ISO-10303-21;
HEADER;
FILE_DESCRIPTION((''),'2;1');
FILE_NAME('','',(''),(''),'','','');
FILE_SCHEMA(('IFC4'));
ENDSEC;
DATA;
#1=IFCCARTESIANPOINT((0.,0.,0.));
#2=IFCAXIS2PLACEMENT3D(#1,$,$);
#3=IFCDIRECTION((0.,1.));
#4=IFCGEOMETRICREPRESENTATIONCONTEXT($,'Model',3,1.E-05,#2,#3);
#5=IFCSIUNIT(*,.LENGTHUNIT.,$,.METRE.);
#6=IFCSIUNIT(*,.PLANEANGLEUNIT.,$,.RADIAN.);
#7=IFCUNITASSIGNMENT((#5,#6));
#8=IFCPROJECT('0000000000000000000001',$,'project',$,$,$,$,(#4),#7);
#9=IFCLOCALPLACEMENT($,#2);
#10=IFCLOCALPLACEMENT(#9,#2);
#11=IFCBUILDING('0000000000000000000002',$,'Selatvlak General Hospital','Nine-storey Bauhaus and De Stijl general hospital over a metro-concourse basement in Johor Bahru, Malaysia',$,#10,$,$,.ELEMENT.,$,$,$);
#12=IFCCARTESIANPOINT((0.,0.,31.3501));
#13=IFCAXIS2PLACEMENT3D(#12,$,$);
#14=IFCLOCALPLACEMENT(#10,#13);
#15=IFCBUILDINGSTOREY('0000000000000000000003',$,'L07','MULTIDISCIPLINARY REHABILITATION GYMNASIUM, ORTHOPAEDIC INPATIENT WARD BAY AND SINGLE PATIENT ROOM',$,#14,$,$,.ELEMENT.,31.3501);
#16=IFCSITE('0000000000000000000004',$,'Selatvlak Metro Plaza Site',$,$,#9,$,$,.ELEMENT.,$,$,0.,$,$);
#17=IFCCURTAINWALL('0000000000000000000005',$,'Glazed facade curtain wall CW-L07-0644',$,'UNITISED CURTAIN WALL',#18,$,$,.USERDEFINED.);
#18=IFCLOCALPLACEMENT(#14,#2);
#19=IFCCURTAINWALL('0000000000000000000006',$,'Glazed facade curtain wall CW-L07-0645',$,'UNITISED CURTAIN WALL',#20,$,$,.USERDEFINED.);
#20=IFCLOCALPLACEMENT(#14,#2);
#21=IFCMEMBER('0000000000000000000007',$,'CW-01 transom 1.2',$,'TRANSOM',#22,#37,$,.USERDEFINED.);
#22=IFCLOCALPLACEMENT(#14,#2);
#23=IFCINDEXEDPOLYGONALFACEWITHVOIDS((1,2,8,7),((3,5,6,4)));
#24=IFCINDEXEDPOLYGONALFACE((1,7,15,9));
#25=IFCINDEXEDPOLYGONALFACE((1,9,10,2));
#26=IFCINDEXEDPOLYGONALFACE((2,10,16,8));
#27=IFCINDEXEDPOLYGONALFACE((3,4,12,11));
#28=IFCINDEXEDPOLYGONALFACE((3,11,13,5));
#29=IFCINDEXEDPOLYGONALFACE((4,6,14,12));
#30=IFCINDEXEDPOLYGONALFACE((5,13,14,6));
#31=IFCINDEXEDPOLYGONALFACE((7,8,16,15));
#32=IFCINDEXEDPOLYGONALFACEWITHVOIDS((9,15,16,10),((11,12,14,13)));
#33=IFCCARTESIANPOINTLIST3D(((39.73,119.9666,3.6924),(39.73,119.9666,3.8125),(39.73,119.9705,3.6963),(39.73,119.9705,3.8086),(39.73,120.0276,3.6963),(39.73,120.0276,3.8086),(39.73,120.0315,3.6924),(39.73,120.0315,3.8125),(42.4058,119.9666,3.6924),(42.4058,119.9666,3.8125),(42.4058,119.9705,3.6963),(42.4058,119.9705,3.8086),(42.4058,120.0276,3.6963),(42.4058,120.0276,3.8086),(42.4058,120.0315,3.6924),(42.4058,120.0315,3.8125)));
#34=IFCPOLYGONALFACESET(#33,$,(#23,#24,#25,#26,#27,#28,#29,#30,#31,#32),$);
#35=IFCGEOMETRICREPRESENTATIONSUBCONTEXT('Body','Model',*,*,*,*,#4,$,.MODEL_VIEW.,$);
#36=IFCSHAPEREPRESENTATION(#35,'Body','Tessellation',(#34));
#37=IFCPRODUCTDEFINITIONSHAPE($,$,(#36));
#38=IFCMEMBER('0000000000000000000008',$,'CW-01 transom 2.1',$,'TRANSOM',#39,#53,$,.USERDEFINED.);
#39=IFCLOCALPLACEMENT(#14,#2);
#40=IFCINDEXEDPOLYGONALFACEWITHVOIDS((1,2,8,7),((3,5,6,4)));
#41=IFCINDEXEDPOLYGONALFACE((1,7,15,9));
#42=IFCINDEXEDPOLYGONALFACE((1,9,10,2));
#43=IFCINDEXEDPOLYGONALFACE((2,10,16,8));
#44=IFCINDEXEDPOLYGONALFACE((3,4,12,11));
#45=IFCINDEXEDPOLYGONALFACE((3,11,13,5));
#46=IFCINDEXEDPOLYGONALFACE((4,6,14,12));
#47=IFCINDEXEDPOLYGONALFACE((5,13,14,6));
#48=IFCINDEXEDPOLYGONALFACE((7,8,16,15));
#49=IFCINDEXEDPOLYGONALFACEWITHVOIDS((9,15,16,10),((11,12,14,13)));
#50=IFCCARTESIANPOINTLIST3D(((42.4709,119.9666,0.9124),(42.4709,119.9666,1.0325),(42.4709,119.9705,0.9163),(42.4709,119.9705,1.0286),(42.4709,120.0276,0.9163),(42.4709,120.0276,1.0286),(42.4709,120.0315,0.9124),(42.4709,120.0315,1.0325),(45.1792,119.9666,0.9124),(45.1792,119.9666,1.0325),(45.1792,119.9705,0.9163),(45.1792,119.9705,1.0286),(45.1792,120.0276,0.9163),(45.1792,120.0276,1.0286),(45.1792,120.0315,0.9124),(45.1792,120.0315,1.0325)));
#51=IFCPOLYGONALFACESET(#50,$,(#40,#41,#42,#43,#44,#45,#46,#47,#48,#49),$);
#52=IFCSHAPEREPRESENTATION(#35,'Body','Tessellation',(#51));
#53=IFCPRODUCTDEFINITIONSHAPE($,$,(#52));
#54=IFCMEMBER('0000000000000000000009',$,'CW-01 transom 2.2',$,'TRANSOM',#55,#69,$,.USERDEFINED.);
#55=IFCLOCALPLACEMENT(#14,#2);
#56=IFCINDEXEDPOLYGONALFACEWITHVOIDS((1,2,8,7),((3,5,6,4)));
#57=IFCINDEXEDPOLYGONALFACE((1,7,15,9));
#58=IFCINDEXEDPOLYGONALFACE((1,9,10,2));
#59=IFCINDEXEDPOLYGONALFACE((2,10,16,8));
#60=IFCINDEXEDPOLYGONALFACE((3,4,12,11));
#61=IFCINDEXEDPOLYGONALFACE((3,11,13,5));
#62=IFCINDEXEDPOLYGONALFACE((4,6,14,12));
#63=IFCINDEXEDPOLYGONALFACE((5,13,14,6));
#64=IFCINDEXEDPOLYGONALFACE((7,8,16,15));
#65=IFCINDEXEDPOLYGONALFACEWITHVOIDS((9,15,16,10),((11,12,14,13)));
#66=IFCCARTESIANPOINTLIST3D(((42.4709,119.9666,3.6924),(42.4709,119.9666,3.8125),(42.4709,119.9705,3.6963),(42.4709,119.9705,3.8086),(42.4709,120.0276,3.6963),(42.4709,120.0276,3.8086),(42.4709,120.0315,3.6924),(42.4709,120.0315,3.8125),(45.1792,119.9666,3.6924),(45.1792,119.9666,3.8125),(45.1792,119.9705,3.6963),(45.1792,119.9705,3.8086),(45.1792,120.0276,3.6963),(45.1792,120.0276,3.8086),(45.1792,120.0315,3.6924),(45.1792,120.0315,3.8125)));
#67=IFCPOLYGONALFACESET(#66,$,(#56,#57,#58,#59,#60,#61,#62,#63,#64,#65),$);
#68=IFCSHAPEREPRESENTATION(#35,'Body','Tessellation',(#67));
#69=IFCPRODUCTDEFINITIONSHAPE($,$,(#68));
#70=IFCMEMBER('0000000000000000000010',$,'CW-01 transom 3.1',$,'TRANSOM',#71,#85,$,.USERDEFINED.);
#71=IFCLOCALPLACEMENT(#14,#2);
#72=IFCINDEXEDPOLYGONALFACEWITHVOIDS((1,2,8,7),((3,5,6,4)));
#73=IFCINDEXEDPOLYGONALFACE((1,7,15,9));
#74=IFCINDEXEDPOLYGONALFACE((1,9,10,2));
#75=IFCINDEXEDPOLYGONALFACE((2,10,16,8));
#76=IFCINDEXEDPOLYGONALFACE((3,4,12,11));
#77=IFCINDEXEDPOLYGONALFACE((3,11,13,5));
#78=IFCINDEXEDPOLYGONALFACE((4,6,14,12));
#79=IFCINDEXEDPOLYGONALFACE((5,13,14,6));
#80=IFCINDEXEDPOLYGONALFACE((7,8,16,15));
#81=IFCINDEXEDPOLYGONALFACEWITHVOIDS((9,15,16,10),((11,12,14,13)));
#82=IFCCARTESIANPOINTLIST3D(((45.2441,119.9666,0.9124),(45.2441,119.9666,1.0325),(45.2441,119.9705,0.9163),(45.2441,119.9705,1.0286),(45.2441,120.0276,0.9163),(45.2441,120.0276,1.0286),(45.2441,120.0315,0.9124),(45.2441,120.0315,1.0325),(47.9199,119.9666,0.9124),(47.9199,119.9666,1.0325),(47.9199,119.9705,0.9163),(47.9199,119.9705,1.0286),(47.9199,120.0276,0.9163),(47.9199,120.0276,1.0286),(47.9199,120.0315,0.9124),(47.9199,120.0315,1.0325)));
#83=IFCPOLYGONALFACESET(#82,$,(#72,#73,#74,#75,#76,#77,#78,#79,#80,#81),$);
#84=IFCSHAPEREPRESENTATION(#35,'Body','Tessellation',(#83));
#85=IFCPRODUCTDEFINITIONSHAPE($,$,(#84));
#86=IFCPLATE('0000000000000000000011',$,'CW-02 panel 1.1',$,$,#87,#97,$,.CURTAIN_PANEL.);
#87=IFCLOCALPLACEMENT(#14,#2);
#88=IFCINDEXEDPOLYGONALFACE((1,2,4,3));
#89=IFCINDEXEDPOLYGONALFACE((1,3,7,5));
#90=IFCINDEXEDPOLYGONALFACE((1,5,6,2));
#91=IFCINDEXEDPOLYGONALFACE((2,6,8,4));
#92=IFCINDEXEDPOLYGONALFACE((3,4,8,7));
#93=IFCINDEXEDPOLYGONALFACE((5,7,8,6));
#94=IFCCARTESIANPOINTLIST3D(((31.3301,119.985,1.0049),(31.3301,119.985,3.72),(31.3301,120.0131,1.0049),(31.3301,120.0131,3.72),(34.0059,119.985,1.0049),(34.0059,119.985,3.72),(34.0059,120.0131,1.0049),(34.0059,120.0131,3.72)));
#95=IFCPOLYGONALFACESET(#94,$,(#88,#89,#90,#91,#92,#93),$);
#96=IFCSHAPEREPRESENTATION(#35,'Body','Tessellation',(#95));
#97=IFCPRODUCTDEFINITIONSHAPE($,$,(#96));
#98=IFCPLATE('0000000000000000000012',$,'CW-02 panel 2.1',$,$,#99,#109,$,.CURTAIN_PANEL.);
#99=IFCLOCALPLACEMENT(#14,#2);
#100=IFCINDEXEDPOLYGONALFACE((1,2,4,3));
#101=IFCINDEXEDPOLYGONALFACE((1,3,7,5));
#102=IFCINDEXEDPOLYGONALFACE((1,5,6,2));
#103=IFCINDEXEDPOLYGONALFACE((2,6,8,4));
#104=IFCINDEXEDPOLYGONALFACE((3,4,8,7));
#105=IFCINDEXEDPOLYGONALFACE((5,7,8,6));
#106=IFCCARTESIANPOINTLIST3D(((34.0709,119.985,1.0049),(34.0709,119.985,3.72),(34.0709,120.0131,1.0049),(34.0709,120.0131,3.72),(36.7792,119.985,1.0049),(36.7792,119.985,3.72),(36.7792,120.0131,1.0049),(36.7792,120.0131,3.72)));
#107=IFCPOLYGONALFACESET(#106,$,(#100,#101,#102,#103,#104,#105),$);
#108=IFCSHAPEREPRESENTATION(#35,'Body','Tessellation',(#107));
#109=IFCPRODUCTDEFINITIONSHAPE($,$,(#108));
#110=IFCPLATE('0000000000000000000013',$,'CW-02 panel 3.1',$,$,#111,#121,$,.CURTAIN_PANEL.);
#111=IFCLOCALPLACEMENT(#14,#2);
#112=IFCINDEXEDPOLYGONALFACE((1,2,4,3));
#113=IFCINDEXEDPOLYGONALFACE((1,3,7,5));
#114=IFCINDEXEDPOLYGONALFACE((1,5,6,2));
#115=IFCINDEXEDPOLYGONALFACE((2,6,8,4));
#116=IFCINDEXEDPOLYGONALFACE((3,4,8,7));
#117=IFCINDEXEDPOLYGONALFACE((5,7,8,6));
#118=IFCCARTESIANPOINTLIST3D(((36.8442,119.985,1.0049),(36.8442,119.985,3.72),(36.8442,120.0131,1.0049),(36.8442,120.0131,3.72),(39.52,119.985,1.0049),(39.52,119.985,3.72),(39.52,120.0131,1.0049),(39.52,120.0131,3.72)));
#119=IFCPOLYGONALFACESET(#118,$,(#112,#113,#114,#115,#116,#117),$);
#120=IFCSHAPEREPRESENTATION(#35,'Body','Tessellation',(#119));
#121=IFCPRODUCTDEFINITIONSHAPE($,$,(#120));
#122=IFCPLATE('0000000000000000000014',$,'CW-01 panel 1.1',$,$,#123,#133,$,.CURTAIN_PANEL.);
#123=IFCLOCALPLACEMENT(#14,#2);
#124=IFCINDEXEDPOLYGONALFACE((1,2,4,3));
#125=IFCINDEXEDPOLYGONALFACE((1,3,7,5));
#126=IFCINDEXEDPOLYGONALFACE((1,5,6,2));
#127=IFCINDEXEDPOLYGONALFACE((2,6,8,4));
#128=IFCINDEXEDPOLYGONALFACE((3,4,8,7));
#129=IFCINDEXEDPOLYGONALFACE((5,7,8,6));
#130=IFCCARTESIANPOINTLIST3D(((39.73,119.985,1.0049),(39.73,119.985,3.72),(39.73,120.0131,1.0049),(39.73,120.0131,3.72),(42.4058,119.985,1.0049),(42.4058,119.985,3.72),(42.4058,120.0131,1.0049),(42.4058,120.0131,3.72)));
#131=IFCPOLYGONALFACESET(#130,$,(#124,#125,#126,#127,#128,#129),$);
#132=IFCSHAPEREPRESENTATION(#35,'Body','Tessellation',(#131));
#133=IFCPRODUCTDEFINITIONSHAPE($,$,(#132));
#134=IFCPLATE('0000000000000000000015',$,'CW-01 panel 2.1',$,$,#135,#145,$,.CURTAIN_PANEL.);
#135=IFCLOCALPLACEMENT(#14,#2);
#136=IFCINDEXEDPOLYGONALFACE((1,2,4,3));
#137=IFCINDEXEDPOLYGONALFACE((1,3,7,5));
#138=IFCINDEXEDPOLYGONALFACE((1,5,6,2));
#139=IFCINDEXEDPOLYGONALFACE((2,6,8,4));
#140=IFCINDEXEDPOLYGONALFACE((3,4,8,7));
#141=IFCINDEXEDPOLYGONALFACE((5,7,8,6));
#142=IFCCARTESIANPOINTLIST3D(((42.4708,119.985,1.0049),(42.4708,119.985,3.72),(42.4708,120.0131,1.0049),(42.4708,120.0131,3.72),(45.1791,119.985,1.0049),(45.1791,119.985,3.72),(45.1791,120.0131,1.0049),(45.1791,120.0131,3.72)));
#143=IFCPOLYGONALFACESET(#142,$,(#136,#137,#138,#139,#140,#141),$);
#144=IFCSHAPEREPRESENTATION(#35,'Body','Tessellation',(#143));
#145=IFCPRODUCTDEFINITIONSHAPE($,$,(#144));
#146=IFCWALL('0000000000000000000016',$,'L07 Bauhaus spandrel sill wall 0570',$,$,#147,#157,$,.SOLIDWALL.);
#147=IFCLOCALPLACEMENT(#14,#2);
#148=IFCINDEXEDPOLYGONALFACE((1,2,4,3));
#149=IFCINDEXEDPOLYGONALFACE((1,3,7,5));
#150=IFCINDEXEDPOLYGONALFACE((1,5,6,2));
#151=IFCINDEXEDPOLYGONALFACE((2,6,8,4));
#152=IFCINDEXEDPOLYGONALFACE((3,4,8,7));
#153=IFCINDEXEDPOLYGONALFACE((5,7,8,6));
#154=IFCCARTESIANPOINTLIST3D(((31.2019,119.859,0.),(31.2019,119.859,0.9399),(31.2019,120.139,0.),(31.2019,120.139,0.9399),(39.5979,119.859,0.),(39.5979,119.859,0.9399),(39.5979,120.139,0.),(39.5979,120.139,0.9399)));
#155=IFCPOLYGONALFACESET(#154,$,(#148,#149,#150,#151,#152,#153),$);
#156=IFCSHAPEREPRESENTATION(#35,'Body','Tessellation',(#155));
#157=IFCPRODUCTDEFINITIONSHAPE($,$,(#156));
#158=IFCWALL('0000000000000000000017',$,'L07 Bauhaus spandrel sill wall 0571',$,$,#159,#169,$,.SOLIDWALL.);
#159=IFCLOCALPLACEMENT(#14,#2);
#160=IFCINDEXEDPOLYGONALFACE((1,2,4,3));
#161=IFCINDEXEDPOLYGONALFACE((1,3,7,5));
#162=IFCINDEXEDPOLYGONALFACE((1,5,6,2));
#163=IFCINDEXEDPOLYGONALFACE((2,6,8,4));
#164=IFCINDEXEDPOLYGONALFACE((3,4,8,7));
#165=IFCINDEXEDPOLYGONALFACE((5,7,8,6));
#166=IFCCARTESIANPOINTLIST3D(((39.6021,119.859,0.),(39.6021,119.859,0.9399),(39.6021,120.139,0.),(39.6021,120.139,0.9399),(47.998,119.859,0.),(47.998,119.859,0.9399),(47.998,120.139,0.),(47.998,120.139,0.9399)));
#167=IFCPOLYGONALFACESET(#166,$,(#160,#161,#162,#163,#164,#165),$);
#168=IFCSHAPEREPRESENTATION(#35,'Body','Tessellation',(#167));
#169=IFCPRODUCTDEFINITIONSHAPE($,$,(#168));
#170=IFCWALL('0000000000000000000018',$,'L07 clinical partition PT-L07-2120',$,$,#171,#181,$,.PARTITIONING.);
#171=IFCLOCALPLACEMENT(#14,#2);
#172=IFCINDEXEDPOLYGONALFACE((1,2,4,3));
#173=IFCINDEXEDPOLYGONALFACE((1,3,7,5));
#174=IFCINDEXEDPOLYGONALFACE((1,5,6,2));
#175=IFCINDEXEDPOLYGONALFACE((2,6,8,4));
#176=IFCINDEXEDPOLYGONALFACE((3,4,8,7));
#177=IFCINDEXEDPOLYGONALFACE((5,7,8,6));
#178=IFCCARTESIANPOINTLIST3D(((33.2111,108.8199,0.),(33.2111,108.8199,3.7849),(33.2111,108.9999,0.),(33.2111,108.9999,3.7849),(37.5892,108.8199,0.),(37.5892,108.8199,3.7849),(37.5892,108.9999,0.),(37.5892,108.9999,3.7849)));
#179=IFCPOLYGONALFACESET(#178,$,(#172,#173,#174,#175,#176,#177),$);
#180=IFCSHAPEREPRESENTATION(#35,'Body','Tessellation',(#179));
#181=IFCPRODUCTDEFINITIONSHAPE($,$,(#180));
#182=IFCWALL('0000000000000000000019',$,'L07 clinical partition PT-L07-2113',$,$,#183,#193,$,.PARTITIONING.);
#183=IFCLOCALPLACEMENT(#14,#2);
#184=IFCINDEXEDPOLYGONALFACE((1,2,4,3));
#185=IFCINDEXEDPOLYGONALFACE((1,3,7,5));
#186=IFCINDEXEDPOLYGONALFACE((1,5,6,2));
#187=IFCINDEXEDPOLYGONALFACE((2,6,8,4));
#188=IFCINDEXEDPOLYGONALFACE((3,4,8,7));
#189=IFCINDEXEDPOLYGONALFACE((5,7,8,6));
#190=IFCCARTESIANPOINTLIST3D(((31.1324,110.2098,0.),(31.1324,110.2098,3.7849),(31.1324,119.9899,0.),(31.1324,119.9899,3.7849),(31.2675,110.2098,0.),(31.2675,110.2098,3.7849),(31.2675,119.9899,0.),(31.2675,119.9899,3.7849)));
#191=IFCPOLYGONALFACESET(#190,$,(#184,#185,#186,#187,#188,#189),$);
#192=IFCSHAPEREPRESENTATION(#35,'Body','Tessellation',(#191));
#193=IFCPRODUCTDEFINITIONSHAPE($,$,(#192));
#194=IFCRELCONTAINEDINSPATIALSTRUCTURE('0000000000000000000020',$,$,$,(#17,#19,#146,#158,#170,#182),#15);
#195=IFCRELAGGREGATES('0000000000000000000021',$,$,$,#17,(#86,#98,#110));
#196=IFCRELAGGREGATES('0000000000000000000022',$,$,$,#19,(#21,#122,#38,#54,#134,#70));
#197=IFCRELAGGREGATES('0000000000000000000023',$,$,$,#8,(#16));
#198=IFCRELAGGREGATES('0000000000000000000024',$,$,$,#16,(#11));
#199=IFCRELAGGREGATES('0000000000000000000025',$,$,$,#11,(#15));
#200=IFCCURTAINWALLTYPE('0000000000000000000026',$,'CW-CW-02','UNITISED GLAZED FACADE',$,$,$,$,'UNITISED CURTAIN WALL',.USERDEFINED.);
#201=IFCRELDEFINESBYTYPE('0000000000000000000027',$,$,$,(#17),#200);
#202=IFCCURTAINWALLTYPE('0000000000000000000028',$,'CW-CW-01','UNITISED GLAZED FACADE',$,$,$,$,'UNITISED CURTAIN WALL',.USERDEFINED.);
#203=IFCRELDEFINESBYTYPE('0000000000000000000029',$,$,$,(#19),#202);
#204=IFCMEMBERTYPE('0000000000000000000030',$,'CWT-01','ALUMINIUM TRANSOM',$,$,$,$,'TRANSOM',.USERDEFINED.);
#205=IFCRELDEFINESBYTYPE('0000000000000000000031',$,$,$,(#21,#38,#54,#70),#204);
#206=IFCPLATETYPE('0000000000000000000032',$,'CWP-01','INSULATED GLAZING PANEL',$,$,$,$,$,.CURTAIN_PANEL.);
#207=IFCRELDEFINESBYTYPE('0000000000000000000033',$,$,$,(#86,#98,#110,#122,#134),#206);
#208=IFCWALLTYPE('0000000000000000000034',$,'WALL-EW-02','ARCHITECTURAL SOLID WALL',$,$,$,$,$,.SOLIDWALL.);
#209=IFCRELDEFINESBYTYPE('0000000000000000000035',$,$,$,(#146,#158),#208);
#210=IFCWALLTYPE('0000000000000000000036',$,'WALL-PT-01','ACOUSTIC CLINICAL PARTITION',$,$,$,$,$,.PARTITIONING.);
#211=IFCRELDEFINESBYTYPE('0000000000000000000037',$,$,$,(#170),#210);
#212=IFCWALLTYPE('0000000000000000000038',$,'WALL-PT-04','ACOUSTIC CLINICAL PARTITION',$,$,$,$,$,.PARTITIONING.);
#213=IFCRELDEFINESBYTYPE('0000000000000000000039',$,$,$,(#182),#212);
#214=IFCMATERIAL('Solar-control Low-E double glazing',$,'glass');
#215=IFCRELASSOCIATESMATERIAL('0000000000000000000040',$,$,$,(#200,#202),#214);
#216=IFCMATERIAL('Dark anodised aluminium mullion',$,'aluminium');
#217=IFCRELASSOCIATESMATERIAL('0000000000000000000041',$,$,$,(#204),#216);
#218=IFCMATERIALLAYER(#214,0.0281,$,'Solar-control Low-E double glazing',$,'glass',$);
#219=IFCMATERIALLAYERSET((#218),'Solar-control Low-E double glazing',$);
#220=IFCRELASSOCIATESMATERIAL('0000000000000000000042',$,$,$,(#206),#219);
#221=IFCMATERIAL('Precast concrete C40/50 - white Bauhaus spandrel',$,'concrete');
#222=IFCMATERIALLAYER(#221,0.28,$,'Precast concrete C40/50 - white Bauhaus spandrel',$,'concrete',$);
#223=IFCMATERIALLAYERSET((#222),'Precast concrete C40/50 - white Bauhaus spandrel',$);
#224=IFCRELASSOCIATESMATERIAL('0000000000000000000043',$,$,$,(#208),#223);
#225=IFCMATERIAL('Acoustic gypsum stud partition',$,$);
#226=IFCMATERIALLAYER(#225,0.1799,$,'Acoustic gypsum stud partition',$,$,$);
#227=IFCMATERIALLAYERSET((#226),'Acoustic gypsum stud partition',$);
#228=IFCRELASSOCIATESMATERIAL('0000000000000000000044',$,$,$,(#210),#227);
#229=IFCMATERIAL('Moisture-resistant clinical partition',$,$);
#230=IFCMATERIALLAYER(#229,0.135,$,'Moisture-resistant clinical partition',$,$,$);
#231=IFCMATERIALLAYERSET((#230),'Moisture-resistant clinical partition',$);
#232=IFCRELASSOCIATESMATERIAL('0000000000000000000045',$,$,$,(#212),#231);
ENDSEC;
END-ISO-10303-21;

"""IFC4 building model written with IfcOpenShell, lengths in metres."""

from ifc_helpers import new_model, si_unit, direction, frame, frame_2d, origin, origin_2d, place, context, subcontext, project, spatial, rectangle, hollow_rectangle, extrude, material, layer, layer_set, material_profile, profile_set, type_object, element, aggregate, save


model = new_model("IFC4")

# Units and contexts
model_context = context("Model", 3, precision=1e-05, world=origin(), true_north=direction((0.0, 1.0)))
body_context = subcontext(model_context, "Body", "Model", "MODEL_VIEW")
ifc_project = project(units=[si_unit("LENGTHUNIT", "METRE"), si_unit("PLANEANGLEUNIT", "RADIAN")], contexts=[model_context])

# Site, building, storey
site_placement = place(None, origin())
site = spatial("IfcSite", under=ifc_project, at=site_placement, Name="Selatvlak Metro Plaza Site", CompositionType="ELEMENT", RefElevation=0.0)
building_placement = place(site_placement, origin())
building = spatial("IfcBuilding", under=site, at=building_placement, Name="Selatvlak General Hospital", Description="Nine-storey Bauhaus and De Stijl general hospital over a metro-concourse basement in Johor Bahru, Malaysia", CompositionType="ELEMENT")
storey_placement = place(building_placement, frame((0.0, 0.0, 31.3501)))
storey = spatial("IfcBuildingStorey", under=building, at=storey_placement, Name="L07", Description="MULTIDISCIPLINARY REHABILITATION GYMNASIUM, ORTHOPAEDIC INPATIENT WARD BAY AND SINGLE PATIENT ROOM", CompositionType="ELEMENT", Elevation=31.3501)

# Curtain walls
ifc_material_1 = material(Name="Solar-control Low-E double glazing", Category="glass")
curtain_wall_type_1 = type_object("IfcCurtainWallType", Name="CW-CW-02", Description="UNITISED GLAZED FACADE", ElementType="UNITISED CURTAIN WALL", PredefinedType="USERDEFINED", material=ifc_material_1)
curtain_wall_1_placement = place(storey_placement, origin())
curtain_wall_1 = element("IfcCurtainWall", 1, at=curtain_wall_1_placement, inside=storey, type_object=curtain_wall_type_1, Name="Glazed facade curtain wall CW-L07-0644", ObjectType="UNITISED CURTAIN WALL", PredefinedType="USERDEFINED")
ifc_material_2 = material(Name="Dark anodised aluminium mullion", Category="aluminium")
curtain_wall_type_2 = type_object("IfcCurtainWallType", Name="CW-CW-01", Description="UNITISED GLAZED FACADE", ElementType="UNITISED CURTAIN WALL", PredefinedType="USERDEFINED", material=ifc_material_1)
curtain_wall_2_placement = place(storey_placement, origin())
curtain_wall_2 = element("IfcCurtainWall", 2, at=curtain_wall_2_placement, inside=storey, type_object=curtain_wall_type_2, Name="Glazed facade curtain wall CW-L07-0645", ObjectType="UNITISED CURTAIN WALL", PredefinedType="USERDEFINED")

# Members
ifc_material_profile_1 = material_profile(ifc_material_2, hollow_rectangle(XDim=0.0649, YDim=0.1201, WallThickness=0.0039, at=origin_2d()), Name="AL-TRN 65x120x4")
ifc_profile_set_1 = profile_set([ifc_material_profile_1], Name="Dark anodised aluminium mullion")
member_type_1 = type_object("IfcMemberType", Name="CWT-01", Description="ALUMINIUM TRANSOM", ElementType="TRANSOM", PredefinedType="USERDEFINED", material=ifc_profile_set_1)
member_1_placement = place(storey_placement, frame((39.73, 119.999, 3.7524), z_axis=(1.0, 0.0, 0.0), x_axis=(0.0, 1.0, 0.0)))
member_1 = element("IfcMember", 3, at=member_1_placement, type_object=member_type_1, Name="CW-01 transom 1.2", ObjectType="TRANSOM", PredefinedType="USERDEFINED", context=body_context, shape_type="SweptSolid", body=[
    extrude(hollow_rectangle(XDim=0.0649, YDim=0.1201, WallThickness=0.0039, at=origin_2d()), origin(), (0.0, 0.0, 1.0), 2.6758),
])
member_2_placement = place(storey_placement, frame((42.4709, 119.999, 0.9724), z_axis=(1.0, 0.0, 0.0), x_axis=(0.0, 1.0, 0.0)))
member_2 = element("IfcMember", 4, at=member_2_placement, type_object=member_type_1, Name="CW-01 transom 2.1", ObjectType="TRANSOM", PredefinedType="USERDEFINED", context=body_context, shape_type="SweptSolid", body=[
    extrude(hollow_rectangle(XDim=0.0649, YDim=0.1201, WallThickness=0.0039, at=origin_2d()), origin(), (0.0, 0.0, 1.0), 2.7083),
])
member_3_placement = place(storey_placement, frame((42.4709, 119.999, 3.7524), z_axis=(1.0, 0.0, 0.0), x_axis=(0.0, 1.0, 0.0)))
member_3 = element("IfcMember", 5, at=member_3_placement, type_object=member_type_1, Name="CW-01 transom 2.2", ObjectType="TRANSOM", PredefinedType="USERDEFINED", context=body_context, shape_type="SweptSolid", body=[
    extrude(hollow_rectangle(XDim=0.0649, YDim=0.1201, WallThickness=0.0039, at=origin_2d()), origin(), (0.0, 0.0, 1.0), 2.7083),
])
member_4_placement = place(storey_placement, frame((45.2441, 119.999, 0.9724), z_axis=(1.0, 0.0, 0.0), x_axis=(0.0, 1.0, 0.0)))
member_4 = element("IfcMember", 6, at=member_4_placement, type_object=member_type_1, Name="CW-01 transom 3.1", ObjectType="TRANSOM", PredefinedType="USERDEFINED", context=body_context, shape_type="SweptSolid", body=[
    extrude(hollow_rectangle(XDim=0.0649, YDim=0.1201, WallThickness=0.0039, at=origin_2d()), origin(), (0.0, 0.0, 1.0), 2.6758),
])

# Plates
ifc_layer_1 = layer(ifc_material_1, 0.0281, Name="Solar-control Low-E double glazing", Category="glass")
ifc_layer_set_1 = layer_set([ifc_layer_1], Name="Solar-control Low-E double glazing")
plate_type = type_object("IfcPlateType", Name="CWP-01", Description="INSULATED GLAZING PANEL", PredefinedType="CURTAIN_PANEL", material=ifc_layer_set_1)
plate_1_placement = place(storey_placement, frame((32.668, 119.999, 1.0049), z_axis=(0.0, 0.0, 1.0), x_axis=(1.0, 0.0, 0.0)))
plate_1 = element("IfcPlate", 7, at=plate_1_placement, type_object=plate_type, Name="CW-02 panel 1.1", PredefinedType="CURTAIN_PANEL", context=body_context, shape_type="SweptSolid", body=[
    extrude(rectangle(XDim=2.6758, YDim=0.0281, at=origin_2d()), origin(), (0.0, 0.0, 1.0), 2.7151),
])
plate_2_placement = place(storey_placement, frame((35.425, 119.999, 1.0049), z_axis=(0.0, 0.0, 1.0), x_axis=(1.0, 0.0, 0.0)))
plate_2 = element("IfcPlate", 8, at=plate_2_placement, type_object=plate_type, Name="CW-02 panel 2.1", PredefinedType="CURTAIN_PANEL", context=body_context, shape_type="SweptSolid", body=[
    extrude(rectangle(XDim=2.7083, YDim=0.0281, at=origin_2d()), origin(), (0.0, 0.0, 1.0), 2.7151),
])
plate_3_placement = place(storey_placement, frame((38.1821, 119.999, 1.0049), z_axis=(0.0, 0.0, 1.0), x_axis=(1.0, 0.0, 0.0)))
plate_3 = element("IfcPlate", 9, at=plate_3_placement, type_object=plate_type, Name="CW-02 panel 3.1", PredefinedType="CURTAIN_PANEL", context=body_context, shape_type="SweptSolid", body=[
    extrude(rectangle(XDim=2.6758, YDim=0.0281, at=origin_2d()), origin(), (0.0, 0.0, 1.0), 2.7151),
])
aggregate(curtain_wall_1, [plate_1, plate_2, plate_3])
plate_4_placement = place(storey_placement, frame((41.0679, 119.999, 1.0049), z_axis=(0.0, 0.0, 1.0), x_axis=(1.0, 0.0, 0.0)))
plate_4 = element("IfcPlate", 10, at=plate_4_placement, type_object=plate_type, Name="CW-01 panel 1.1", PredefinedType="CURTAIN_PANEL", context=body_context, shape_type="SweptSolid", body=[
    extrude(rectangle(XDim=2.6758, YDim=0.0281, at=origin_2d()), origin(), (0.0, 0.0, 1.0), 2.7151),
])
plate_5_placement = place(storey_placement, frame((43.825, 119.999, 1.0049), z_axis=(0.0, 0.0, 1.0), x_axis=(1.0, 0.0, 0.0)))
plate_5 = element("IfcPlate", 11, at=plate_5_placement, type_object=plate_type, Name="CW-01 panel 2.1", PredefinedType="CURTAIN_PANEL", context=body_context, shape_type="SweptSolid", body=[
    extrude(rectangle(XDim=2.7083, YDim=0.0281, at=origin_2d()), origin(), (0.0, 0.0, 1.0), 2.7151),
])
aggregate(curtain_wall_2, [member_1, plate_4, member_2, member_3, plate_5, member_4])

# Walls
ifc_material_3 = material(Name="Precast concrete C40/50 - white Bauhaus spandrel", Category="concrete")
ifc_layer_2 = layer(ifc_material_3, 0.28, Name="Precast concrete C40/50 - white Bauhaus spandrel", Category="concrete")
ifc_layer_set_2 = layer_set([ifc_layer_2], Name="Precast concrete C40/50 - white Bauhaus spandrel")
wall_type_1 = type_object("IfcWallType", Name="WALL-EW-02", Description="ARCHITECTURAL SOLID WALL", PredefinedType="SOLIDWALL", material=ifc_layer_set_2)
for number, where, z_axis, x_axis, name in (
    (12, (31.2019, 119.999, 0.0), (0.0, 0.0, 1.0), (1.0, 0.0, 0.0), "L07 Bauhaus spandrel sill wall 0570"),
    (13, (39.6021, 119.999, 0.0), (0.0, 0.0, 1.0), (1.0, 0.0, 0.0), "L07 Bauhaus spandrel sill wall 0571"),
):
    element("IfcWall", number, at=place(storey_placement, frame(where, z_axis=z_axis, x_axis=x_axis)), inside=storey, type_object=wall_type_1, Name=name, PredefinedType="SOLIDWALL", context=body_context, shape_type="SweptSolid", body=[
        extrude(rectangle(XDim=8.396, YDim=0.28, at=frame_2d((4.198, 0.0))), origin(), (0.0, 0.0, 1.0), 0.9399),
    ])
ifc_material_4 = material(Name="Acoustic gypsum stud partition")
ifc_layer_3 = layer(ifc_material_4, 0.1799, Name="Acoustic gypsum stud partition")
ifc_layer_set_3 = layer_set([ifc_layer_3], Name="Acoustic gypsum stud partition")
wall_type_2 = type_object("IfcWallType", Name="WALL-PT-01", Description="ACOUSTIC CLINICAL PARTITION", PredefinedType="PARTITIONING", material=ifc_layer_set_3)
wall_1_placement = place(storey_placement, frame((37.5891, 108.9099, 0.0), z_axis=(0.0, 0.0, 1.0), x_axis=(-1.0, 0.0, 0.0)))
element("IfcWall", 14, at=wall_1_placement, inside=storey, type_object=wall_type_2, Name="L07 clinical partition PT-L07-2120", PredefinedType="PARTITIONING", context=body_context, shape_type="SweptSolid", body=[
    extrude(rectangle(XDim=4.3782, YDim=0.1799, at=frame_2d((2.189, 0.0))), origin(), (0.0, 0.0, 1.0), 3.7849),
])
ifc_material_5 = material(Name="Moisture-resistant clinical partition")
ifc_layer_4 = layer(ifc_material_5, 0.135, Name="Moisture-resistant clinical partition")
ifc_layer_set_4 = layer_set([ifc_layer_4], Name="Moisture-resistant clinical partition")
wall_type_3 = type_object("IfcWallType", Name="WALL-PT-04", Description="ACOUSTIC CLINICAL PARTITION", PredefinedType="PARTITIONING", material=ifc_layer_set_4)
wall_2_placement = place(storey_placement, frame((31.2, 119.99, 0.0), z_axis=(0.0, 0.0, 1.0), x_axis=(0.0, -1.0, 0.0)))
element("IfcWall", 15, at=wall_2_placement, inside=storey, type_object=wall_type_3, Name="L07 clinical partition PT-L07-2113", PredefinedType="PARTITIONING", context=body_context, shape_type="SweptSolid", body=[
    extrude(rectangle(XDim=9.78, YDim=0.135, at=frame_2d((4.8901, 0.0))), origin(), (0.0, 0.0, 1.0), 3.7849),
])

save(model, "model.ifc")
